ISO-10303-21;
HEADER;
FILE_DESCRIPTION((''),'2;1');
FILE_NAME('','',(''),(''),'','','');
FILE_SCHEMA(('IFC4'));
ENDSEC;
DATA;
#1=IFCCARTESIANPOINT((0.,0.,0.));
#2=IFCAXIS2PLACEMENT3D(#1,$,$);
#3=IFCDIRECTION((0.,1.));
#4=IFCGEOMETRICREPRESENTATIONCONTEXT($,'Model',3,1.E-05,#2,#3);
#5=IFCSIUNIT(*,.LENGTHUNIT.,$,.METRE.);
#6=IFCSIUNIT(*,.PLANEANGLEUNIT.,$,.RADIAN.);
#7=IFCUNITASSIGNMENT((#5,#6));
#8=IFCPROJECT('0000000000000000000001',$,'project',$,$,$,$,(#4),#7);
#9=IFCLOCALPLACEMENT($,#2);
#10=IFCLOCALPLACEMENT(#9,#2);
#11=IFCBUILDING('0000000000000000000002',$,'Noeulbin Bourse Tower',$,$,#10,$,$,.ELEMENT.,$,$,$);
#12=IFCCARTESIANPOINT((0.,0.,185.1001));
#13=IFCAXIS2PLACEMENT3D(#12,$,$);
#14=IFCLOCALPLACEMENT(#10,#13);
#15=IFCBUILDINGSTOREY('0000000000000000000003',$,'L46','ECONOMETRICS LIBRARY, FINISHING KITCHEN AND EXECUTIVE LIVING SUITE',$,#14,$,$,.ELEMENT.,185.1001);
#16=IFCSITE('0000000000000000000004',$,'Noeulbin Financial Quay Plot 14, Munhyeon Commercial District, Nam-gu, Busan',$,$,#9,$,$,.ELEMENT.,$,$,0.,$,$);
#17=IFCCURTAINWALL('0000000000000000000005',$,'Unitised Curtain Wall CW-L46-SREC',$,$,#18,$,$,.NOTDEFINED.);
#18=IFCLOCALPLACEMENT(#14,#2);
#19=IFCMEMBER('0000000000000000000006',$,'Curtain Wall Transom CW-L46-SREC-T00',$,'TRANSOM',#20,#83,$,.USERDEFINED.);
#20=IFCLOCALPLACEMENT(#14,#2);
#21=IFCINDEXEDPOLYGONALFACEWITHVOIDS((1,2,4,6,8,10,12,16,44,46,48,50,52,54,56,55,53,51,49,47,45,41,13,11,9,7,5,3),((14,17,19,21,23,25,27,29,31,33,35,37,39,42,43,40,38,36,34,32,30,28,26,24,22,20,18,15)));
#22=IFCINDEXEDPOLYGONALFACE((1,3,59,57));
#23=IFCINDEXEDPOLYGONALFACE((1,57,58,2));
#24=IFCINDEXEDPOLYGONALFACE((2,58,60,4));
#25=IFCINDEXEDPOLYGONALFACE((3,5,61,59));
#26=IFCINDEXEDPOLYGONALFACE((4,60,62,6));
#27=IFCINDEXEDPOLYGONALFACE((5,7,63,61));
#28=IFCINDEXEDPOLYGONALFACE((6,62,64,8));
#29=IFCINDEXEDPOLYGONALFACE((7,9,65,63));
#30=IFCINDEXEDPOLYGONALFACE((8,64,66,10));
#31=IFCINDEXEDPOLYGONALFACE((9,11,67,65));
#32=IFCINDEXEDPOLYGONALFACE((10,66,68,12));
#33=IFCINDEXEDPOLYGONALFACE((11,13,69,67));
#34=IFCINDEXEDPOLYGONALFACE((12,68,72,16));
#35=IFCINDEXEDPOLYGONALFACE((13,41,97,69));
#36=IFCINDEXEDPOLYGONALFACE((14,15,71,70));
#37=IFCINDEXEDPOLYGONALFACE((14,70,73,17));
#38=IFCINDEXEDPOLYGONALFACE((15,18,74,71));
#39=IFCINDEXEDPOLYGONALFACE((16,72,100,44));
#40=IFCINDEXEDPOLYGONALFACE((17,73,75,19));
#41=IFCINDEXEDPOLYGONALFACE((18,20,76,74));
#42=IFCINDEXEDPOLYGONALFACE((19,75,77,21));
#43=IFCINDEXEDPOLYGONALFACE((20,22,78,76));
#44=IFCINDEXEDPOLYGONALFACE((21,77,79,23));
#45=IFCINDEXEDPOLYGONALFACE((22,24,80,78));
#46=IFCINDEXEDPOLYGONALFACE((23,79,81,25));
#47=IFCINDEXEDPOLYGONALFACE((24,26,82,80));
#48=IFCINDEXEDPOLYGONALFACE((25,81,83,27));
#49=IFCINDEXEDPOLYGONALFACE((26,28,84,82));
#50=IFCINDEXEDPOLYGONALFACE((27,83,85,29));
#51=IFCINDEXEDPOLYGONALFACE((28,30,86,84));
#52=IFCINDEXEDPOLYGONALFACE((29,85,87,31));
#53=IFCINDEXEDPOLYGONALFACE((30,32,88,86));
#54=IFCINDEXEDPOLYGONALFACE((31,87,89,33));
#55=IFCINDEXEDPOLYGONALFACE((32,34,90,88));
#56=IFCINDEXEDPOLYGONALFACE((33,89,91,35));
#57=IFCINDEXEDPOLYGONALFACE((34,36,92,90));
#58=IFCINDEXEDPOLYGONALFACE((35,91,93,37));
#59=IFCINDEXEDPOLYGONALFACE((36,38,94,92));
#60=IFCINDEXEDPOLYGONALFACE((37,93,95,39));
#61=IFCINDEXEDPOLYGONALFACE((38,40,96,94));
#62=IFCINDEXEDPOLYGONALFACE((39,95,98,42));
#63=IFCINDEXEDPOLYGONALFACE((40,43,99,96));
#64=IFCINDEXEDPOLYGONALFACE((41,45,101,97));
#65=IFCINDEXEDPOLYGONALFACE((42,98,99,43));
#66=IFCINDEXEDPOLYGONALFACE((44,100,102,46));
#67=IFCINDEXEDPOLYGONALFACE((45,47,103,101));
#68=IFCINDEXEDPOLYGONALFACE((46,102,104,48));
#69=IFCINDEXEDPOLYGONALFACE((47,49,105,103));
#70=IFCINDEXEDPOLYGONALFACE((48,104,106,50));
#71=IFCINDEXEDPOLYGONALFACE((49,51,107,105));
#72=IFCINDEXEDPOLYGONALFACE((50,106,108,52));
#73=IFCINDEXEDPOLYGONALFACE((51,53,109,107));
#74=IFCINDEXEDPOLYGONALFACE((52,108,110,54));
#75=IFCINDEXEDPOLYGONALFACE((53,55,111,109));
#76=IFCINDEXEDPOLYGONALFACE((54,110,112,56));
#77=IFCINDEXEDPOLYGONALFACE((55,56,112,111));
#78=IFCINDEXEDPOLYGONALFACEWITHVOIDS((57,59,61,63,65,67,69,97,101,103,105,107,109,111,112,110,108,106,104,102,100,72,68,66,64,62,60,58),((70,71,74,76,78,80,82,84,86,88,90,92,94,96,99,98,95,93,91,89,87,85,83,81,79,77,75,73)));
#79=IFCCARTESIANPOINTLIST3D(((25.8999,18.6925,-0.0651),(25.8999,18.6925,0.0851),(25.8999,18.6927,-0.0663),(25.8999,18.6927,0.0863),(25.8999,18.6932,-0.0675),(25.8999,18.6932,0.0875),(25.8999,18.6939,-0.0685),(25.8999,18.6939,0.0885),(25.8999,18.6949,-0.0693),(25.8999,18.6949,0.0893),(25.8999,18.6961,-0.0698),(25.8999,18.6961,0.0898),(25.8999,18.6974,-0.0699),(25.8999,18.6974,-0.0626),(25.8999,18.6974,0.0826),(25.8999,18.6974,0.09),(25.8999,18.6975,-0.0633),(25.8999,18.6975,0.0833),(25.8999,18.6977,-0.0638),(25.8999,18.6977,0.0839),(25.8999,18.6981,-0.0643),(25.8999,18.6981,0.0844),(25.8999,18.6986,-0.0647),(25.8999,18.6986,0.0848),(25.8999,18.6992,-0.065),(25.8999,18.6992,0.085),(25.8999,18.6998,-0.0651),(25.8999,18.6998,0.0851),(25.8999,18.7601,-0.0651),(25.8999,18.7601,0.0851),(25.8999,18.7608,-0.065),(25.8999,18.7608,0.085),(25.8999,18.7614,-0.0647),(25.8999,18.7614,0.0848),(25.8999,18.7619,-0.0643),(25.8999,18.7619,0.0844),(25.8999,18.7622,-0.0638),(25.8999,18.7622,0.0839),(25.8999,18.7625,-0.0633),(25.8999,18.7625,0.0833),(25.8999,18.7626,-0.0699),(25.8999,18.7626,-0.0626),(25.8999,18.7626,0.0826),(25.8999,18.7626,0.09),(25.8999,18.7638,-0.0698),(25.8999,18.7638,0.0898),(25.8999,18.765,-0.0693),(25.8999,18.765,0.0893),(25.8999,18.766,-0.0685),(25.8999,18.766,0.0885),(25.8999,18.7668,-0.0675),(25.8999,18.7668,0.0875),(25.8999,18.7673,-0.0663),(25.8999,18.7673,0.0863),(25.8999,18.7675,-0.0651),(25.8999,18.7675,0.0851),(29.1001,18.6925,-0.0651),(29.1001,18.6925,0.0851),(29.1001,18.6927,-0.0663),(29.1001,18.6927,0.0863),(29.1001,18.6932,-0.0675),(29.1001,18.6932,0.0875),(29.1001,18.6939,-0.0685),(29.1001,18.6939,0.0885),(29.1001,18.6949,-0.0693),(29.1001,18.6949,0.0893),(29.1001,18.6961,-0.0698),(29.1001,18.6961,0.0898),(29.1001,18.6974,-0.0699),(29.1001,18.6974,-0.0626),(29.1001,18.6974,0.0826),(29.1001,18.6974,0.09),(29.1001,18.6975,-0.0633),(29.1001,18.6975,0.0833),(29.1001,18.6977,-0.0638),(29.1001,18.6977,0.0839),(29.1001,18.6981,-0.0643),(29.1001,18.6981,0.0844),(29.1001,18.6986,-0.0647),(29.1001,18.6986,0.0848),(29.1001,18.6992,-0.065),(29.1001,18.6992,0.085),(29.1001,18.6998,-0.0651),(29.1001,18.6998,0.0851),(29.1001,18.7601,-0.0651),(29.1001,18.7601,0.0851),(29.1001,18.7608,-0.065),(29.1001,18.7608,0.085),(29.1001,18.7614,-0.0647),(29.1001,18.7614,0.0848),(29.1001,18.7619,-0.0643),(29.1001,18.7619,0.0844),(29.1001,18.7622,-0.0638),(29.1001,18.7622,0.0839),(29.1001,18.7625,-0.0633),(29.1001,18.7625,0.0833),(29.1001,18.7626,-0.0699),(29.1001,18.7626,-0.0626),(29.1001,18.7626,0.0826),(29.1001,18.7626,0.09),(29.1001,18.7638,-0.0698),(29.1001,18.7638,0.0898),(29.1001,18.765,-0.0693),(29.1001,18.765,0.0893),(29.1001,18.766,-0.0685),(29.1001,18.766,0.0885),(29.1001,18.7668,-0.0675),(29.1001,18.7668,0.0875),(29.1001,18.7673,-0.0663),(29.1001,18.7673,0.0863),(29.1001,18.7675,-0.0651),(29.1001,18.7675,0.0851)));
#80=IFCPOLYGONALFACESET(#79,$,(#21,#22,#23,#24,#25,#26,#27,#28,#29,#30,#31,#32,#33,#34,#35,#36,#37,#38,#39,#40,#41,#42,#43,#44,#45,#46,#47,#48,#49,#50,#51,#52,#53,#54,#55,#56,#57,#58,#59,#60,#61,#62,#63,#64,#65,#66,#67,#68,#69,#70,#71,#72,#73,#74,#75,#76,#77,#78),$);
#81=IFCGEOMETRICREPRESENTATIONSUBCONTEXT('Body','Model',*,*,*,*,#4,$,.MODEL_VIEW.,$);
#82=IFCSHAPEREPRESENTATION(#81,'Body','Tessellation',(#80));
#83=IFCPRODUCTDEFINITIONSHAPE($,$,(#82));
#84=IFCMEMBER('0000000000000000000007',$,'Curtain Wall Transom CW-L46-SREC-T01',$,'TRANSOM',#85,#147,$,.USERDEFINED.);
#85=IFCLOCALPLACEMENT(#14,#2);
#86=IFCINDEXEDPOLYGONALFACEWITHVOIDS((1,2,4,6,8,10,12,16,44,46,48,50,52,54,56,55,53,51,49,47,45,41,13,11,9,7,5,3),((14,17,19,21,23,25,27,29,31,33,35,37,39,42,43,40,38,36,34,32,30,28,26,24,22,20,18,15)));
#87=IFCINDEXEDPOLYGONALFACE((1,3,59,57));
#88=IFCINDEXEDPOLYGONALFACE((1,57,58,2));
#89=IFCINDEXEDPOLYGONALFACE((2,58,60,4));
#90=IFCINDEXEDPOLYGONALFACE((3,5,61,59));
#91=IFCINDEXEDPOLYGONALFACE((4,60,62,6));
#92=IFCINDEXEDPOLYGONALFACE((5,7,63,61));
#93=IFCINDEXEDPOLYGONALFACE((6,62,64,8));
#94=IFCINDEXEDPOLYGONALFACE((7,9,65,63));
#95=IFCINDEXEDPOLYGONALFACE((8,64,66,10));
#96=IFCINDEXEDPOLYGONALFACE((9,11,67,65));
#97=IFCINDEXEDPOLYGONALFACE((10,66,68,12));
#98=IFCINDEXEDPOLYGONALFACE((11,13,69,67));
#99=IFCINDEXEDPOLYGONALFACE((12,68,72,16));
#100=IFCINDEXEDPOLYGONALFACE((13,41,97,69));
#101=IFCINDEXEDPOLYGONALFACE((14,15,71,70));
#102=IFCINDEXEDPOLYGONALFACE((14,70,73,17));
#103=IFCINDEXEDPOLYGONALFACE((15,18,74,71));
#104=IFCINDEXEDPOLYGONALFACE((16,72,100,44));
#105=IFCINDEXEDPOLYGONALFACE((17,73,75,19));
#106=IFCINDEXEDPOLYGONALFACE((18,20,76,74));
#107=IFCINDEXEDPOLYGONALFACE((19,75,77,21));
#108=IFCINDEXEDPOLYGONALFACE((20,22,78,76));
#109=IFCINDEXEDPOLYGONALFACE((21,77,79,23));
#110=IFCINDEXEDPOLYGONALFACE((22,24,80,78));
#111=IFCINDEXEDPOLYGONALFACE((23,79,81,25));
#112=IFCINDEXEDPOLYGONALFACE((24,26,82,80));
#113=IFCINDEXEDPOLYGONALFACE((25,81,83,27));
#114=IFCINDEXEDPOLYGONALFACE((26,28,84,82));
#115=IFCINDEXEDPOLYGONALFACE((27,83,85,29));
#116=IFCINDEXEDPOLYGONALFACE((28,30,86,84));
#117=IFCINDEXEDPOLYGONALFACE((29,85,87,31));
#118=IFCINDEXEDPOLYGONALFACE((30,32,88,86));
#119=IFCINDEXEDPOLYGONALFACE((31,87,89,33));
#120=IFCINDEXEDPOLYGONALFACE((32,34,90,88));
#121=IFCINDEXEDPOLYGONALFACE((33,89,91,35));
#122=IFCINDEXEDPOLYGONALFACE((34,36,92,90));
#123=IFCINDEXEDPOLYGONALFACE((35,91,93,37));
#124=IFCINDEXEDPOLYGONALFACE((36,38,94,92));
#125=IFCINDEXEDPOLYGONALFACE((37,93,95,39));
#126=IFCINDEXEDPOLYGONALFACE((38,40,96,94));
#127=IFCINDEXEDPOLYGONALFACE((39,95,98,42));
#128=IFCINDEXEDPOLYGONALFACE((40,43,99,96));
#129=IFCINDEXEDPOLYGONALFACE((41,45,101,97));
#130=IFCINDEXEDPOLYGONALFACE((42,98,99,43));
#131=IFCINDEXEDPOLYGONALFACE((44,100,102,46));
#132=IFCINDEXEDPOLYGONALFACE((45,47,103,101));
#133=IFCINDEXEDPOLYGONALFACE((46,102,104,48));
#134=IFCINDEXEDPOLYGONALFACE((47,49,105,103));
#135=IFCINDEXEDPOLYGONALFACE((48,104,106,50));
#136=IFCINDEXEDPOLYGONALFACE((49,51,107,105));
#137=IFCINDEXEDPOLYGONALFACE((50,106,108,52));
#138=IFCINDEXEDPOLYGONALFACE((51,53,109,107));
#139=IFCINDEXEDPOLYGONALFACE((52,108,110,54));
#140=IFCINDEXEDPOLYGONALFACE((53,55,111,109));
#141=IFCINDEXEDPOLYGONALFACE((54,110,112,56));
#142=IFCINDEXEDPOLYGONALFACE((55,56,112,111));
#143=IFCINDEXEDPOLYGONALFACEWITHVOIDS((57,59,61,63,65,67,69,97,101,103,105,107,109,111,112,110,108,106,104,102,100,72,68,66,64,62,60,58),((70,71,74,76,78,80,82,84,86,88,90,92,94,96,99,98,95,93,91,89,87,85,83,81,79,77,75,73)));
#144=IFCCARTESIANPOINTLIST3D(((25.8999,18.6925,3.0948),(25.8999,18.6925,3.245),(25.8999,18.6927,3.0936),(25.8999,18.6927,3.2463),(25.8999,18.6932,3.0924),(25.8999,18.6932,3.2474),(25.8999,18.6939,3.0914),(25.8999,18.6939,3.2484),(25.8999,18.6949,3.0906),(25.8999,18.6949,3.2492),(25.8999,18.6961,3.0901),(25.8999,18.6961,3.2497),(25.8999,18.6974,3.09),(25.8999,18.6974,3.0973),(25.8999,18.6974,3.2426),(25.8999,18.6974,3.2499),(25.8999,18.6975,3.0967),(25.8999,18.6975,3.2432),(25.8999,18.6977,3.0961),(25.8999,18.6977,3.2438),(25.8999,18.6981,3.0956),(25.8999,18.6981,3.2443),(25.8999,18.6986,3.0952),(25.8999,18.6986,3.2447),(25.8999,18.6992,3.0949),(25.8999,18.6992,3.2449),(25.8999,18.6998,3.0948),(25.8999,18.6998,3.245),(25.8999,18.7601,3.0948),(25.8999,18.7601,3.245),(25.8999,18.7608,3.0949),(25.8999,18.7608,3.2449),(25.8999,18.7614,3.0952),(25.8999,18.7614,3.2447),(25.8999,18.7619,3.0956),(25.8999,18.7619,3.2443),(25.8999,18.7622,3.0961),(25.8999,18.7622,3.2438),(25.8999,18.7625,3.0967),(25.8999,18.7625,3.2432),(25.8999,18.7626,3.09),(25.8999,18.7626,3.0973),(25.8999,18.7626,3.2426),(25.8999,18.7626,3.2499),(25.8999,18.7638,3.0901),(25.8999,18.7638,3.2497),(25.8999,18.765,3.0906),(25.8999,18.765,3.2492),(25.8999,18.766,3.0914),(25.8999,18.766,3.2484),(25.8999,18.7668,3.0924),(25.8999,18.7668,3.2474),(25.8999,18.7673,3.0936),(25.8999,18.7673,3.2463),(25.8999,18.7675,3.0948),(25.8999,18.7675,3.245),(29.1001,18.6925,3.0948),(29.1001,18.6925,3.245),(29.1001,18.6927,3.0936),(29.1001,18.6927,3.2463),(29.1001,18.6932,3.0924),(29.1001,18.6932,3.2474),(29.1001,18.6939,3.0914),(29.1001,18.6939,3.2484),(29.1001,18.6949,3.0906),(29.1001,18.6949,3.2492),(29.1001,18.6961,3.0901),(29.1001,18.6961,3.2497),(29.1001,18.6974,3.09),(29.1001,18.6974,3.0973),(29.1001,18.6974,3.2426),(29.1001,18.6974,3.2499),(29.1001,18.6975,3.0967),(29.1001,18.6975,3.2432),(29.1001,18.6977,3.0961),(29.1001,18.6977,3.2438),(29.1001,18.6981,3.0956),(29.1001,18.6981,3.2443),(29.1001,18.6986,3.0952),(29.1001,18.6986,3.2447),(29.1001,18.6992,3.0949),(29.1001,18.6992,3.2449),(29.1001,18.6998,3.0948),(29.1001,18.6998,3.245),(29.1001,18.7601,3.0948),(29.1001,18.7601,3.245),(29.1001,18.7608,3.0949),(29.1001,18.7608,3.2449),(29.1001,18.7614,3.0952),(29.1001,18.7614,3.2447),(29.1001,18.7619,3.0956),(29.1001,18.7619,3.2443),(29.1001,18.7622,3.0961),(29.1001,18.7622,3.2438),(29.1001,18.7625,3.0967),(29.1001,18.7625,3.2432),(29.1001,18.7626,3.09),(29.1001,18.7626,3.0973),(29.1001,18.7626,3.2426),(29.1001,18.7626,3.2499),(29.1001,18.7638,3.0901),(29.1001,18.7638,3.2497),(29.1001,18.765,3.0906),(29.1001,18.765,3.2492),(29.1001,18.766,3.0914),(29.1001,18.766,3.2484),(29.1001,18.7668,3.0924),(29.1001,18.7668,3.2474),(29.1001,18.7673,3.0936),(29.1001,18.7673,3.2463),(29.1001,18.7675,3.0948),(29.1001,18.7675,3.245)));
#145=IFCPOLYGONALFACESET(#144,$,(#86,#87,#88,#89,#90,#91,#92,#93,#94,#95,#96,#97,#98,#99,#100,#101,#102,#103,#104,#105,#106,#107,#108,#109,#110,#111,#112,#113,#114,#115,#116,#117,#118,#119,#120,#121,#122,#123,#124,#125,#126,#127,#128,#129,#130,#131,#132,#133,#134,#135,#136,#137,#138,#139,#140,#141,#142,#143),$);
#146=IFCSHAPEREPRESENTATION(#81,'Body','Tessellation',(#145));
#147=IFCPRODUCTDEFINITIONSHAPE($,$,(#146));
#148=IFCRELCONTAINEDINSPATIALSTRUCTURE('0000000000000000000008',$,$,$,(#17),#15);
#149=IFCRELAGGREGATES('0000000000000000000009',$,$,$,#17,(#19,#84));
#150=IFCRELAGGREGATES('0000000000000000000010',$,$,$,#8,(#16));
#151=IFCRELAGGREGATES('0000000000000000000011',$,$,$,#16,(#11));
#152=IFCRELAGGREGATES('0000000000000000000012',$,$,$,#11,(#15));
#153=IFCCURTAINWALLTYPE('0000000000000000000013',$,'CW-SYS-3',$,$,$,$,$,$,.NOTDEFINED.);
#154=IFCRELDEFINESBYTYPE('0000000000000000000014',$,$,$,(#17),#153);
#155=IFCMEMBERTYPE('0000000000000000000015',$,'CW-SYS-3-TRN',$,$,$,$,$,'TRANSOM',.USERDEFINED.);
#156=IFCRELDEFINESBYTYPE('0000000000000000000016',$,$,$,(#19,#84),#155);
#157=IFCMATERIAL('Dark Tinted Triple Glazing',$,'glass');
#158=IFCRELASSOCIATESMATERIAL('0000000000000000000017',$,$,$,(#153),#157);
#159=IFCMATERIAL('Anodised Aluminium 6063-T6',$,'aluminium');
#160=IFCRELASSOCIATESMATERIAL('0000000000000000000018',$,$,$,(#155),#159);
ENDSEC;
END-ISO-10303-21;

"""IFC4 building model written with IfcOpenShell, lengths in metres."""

from ifc_helpers import new_model, si_unit, direction, frame, origin, origin_2d, place, context, subcontext, project, spatial, hollow_rectangle, extrude, material, material_profile, profile_set, type_object, element, aggregate, save


model = new_model("IFC4")

# Units and contexts
model_context = context("Model", 3, precision=1e-05, world=origin(), true_north=direction((0.0, 1.0)))
body_context = subcontext(model_context, "Body", "Model", "MODEL_VIEW")
ifc_project = project(units=[si_unit("LENGTHUNIT", "METRE"), si_unit("PLANEANGLEUNIT", "RADIAN")], contexts=[model_context])

# Site, building, storey
site_placement = place(None, origin())
site = spatial("IfcSite", under=ifc_project, at=site_placement, Name="Noeulbin Financial Quay Plot 14, Munhyeon Commercial District, Nam-gu, Busan", CompositionType="ELEMENT", RefElevation=0.0)
building_placement = place(site_placement, origin())
building = spatial("IfcBuilding", under=site, at=building_placement, Name="Noeulbin Bourse Tower", CompositionType="ELEMENT")
storey_placement = place(building_placement, frame((0.0, 0.0, 185.1001)))
storey = spatial("IfcBuildingStorey", under=building, at=storey_placement, Name="L46", Description="ECONOMETRICS LIBRARY, FINISHING KITCHEN AND EXECUTIVE LIVING SUITE", CompositionType="ELEMENT", Elevation=185.1001)

# Curtain wall
ifc_material_1 = material(Name="Dark Tinted Triple Glazing", Category="glass")
curtain_wall_type = type_object("IfcCurtainWallType", Name="CW-SYS-3", PredefinedType="NOTDEFINED", material=ifc_material_1)
curtain_wall_1_placement = place(storey_placement, origin())
curtain_wall_1 = element("IfcCurtainWall", 1, at=curtain_wall_1_placement, inside=storey, type_object=curtain_wall_type, Name="Unitised Curtain Wall CW-L46-SREC", PredefinedType="NOTDEFINED")
ifc_material_2 = material(Name="Anodised Aluminium 6063-T6", Category="aluminium")

# Members
ifc_material_profile_1 = material_profile(ifc_material_2, hollow_rectangle(XDim=0.075, YDim=0.1599, WallThickness=0.0049, InnerFilletRadius=0.0024, OuterFilletRadius=0.0049, at=origin_2d()), Name="ALU-TRAN-75x160x5", Category="LoadBearing")
ifc_profile_set_1 = profile_set([ifc_material_profile_1], Name="Anodised Aluminium 6063-T6")
member_type_1 = type_object("IfcMemberType", Name="CW-SYS-3-TRN", ElementType="TRANSOM", PredefinedType="USERDEFINED", material=ifc_profile_set_1)
member_1_placement = place(storey_placement, frame((25.8999, 18.73, 0.01), z_axis=(1.0, 0.0, 0.0), x_axis=(0.0, 1.0, 0.0)))
member_1 = element("IfcMember", 2, at=member_1_placement, type_object=member_type_1, Name="Curtain Wall Transom CW-L46-SREC-T00", ObjectType="TRANSOM", PredefinedType="USERDEFINED", context=body_context, shape_type="SweptSolid", body=[
    extrude(hollow_rectangle(XDim=0.075, YDim=0.1599, WallThickness=0.0049, InnerFilletRadius=0.0024, OuterFilletRadius=0.0049, at=origin_2d()), origin(), (0.0, 0.0, 1.0), 3.2002),
])
member_2_placement = place(storey_placement, frame((25.8999, 18.73, 3.1699), z_axis=(1.0, 0.0, 0.0), x_axis=(0.0, 1.0, 0.0)))
member_2 = element("IfcMember", 3, at=member_2_placement, type_object=member_type_1, Name="Curtain Wall Transom CW-L46-SREC-T01", ObjectType="TRANSOM", PredefinedType="USERDEFINED", context=body_context, shape_type="SweptSolid", body=[
    extrude(hollow_rectangle(XDim=0.075, YDim=0.1599, WallThickness=0.0049, InnerFilletRadius=0.0024, OuterFilletRadius=0.0049, at=origin_2d()), origin(), (0.0, 0.0, 1.0), 3.2002),
])

aggregate(curtain_wall_1, [member_1, member_2])

save(model, "model.ifc")
